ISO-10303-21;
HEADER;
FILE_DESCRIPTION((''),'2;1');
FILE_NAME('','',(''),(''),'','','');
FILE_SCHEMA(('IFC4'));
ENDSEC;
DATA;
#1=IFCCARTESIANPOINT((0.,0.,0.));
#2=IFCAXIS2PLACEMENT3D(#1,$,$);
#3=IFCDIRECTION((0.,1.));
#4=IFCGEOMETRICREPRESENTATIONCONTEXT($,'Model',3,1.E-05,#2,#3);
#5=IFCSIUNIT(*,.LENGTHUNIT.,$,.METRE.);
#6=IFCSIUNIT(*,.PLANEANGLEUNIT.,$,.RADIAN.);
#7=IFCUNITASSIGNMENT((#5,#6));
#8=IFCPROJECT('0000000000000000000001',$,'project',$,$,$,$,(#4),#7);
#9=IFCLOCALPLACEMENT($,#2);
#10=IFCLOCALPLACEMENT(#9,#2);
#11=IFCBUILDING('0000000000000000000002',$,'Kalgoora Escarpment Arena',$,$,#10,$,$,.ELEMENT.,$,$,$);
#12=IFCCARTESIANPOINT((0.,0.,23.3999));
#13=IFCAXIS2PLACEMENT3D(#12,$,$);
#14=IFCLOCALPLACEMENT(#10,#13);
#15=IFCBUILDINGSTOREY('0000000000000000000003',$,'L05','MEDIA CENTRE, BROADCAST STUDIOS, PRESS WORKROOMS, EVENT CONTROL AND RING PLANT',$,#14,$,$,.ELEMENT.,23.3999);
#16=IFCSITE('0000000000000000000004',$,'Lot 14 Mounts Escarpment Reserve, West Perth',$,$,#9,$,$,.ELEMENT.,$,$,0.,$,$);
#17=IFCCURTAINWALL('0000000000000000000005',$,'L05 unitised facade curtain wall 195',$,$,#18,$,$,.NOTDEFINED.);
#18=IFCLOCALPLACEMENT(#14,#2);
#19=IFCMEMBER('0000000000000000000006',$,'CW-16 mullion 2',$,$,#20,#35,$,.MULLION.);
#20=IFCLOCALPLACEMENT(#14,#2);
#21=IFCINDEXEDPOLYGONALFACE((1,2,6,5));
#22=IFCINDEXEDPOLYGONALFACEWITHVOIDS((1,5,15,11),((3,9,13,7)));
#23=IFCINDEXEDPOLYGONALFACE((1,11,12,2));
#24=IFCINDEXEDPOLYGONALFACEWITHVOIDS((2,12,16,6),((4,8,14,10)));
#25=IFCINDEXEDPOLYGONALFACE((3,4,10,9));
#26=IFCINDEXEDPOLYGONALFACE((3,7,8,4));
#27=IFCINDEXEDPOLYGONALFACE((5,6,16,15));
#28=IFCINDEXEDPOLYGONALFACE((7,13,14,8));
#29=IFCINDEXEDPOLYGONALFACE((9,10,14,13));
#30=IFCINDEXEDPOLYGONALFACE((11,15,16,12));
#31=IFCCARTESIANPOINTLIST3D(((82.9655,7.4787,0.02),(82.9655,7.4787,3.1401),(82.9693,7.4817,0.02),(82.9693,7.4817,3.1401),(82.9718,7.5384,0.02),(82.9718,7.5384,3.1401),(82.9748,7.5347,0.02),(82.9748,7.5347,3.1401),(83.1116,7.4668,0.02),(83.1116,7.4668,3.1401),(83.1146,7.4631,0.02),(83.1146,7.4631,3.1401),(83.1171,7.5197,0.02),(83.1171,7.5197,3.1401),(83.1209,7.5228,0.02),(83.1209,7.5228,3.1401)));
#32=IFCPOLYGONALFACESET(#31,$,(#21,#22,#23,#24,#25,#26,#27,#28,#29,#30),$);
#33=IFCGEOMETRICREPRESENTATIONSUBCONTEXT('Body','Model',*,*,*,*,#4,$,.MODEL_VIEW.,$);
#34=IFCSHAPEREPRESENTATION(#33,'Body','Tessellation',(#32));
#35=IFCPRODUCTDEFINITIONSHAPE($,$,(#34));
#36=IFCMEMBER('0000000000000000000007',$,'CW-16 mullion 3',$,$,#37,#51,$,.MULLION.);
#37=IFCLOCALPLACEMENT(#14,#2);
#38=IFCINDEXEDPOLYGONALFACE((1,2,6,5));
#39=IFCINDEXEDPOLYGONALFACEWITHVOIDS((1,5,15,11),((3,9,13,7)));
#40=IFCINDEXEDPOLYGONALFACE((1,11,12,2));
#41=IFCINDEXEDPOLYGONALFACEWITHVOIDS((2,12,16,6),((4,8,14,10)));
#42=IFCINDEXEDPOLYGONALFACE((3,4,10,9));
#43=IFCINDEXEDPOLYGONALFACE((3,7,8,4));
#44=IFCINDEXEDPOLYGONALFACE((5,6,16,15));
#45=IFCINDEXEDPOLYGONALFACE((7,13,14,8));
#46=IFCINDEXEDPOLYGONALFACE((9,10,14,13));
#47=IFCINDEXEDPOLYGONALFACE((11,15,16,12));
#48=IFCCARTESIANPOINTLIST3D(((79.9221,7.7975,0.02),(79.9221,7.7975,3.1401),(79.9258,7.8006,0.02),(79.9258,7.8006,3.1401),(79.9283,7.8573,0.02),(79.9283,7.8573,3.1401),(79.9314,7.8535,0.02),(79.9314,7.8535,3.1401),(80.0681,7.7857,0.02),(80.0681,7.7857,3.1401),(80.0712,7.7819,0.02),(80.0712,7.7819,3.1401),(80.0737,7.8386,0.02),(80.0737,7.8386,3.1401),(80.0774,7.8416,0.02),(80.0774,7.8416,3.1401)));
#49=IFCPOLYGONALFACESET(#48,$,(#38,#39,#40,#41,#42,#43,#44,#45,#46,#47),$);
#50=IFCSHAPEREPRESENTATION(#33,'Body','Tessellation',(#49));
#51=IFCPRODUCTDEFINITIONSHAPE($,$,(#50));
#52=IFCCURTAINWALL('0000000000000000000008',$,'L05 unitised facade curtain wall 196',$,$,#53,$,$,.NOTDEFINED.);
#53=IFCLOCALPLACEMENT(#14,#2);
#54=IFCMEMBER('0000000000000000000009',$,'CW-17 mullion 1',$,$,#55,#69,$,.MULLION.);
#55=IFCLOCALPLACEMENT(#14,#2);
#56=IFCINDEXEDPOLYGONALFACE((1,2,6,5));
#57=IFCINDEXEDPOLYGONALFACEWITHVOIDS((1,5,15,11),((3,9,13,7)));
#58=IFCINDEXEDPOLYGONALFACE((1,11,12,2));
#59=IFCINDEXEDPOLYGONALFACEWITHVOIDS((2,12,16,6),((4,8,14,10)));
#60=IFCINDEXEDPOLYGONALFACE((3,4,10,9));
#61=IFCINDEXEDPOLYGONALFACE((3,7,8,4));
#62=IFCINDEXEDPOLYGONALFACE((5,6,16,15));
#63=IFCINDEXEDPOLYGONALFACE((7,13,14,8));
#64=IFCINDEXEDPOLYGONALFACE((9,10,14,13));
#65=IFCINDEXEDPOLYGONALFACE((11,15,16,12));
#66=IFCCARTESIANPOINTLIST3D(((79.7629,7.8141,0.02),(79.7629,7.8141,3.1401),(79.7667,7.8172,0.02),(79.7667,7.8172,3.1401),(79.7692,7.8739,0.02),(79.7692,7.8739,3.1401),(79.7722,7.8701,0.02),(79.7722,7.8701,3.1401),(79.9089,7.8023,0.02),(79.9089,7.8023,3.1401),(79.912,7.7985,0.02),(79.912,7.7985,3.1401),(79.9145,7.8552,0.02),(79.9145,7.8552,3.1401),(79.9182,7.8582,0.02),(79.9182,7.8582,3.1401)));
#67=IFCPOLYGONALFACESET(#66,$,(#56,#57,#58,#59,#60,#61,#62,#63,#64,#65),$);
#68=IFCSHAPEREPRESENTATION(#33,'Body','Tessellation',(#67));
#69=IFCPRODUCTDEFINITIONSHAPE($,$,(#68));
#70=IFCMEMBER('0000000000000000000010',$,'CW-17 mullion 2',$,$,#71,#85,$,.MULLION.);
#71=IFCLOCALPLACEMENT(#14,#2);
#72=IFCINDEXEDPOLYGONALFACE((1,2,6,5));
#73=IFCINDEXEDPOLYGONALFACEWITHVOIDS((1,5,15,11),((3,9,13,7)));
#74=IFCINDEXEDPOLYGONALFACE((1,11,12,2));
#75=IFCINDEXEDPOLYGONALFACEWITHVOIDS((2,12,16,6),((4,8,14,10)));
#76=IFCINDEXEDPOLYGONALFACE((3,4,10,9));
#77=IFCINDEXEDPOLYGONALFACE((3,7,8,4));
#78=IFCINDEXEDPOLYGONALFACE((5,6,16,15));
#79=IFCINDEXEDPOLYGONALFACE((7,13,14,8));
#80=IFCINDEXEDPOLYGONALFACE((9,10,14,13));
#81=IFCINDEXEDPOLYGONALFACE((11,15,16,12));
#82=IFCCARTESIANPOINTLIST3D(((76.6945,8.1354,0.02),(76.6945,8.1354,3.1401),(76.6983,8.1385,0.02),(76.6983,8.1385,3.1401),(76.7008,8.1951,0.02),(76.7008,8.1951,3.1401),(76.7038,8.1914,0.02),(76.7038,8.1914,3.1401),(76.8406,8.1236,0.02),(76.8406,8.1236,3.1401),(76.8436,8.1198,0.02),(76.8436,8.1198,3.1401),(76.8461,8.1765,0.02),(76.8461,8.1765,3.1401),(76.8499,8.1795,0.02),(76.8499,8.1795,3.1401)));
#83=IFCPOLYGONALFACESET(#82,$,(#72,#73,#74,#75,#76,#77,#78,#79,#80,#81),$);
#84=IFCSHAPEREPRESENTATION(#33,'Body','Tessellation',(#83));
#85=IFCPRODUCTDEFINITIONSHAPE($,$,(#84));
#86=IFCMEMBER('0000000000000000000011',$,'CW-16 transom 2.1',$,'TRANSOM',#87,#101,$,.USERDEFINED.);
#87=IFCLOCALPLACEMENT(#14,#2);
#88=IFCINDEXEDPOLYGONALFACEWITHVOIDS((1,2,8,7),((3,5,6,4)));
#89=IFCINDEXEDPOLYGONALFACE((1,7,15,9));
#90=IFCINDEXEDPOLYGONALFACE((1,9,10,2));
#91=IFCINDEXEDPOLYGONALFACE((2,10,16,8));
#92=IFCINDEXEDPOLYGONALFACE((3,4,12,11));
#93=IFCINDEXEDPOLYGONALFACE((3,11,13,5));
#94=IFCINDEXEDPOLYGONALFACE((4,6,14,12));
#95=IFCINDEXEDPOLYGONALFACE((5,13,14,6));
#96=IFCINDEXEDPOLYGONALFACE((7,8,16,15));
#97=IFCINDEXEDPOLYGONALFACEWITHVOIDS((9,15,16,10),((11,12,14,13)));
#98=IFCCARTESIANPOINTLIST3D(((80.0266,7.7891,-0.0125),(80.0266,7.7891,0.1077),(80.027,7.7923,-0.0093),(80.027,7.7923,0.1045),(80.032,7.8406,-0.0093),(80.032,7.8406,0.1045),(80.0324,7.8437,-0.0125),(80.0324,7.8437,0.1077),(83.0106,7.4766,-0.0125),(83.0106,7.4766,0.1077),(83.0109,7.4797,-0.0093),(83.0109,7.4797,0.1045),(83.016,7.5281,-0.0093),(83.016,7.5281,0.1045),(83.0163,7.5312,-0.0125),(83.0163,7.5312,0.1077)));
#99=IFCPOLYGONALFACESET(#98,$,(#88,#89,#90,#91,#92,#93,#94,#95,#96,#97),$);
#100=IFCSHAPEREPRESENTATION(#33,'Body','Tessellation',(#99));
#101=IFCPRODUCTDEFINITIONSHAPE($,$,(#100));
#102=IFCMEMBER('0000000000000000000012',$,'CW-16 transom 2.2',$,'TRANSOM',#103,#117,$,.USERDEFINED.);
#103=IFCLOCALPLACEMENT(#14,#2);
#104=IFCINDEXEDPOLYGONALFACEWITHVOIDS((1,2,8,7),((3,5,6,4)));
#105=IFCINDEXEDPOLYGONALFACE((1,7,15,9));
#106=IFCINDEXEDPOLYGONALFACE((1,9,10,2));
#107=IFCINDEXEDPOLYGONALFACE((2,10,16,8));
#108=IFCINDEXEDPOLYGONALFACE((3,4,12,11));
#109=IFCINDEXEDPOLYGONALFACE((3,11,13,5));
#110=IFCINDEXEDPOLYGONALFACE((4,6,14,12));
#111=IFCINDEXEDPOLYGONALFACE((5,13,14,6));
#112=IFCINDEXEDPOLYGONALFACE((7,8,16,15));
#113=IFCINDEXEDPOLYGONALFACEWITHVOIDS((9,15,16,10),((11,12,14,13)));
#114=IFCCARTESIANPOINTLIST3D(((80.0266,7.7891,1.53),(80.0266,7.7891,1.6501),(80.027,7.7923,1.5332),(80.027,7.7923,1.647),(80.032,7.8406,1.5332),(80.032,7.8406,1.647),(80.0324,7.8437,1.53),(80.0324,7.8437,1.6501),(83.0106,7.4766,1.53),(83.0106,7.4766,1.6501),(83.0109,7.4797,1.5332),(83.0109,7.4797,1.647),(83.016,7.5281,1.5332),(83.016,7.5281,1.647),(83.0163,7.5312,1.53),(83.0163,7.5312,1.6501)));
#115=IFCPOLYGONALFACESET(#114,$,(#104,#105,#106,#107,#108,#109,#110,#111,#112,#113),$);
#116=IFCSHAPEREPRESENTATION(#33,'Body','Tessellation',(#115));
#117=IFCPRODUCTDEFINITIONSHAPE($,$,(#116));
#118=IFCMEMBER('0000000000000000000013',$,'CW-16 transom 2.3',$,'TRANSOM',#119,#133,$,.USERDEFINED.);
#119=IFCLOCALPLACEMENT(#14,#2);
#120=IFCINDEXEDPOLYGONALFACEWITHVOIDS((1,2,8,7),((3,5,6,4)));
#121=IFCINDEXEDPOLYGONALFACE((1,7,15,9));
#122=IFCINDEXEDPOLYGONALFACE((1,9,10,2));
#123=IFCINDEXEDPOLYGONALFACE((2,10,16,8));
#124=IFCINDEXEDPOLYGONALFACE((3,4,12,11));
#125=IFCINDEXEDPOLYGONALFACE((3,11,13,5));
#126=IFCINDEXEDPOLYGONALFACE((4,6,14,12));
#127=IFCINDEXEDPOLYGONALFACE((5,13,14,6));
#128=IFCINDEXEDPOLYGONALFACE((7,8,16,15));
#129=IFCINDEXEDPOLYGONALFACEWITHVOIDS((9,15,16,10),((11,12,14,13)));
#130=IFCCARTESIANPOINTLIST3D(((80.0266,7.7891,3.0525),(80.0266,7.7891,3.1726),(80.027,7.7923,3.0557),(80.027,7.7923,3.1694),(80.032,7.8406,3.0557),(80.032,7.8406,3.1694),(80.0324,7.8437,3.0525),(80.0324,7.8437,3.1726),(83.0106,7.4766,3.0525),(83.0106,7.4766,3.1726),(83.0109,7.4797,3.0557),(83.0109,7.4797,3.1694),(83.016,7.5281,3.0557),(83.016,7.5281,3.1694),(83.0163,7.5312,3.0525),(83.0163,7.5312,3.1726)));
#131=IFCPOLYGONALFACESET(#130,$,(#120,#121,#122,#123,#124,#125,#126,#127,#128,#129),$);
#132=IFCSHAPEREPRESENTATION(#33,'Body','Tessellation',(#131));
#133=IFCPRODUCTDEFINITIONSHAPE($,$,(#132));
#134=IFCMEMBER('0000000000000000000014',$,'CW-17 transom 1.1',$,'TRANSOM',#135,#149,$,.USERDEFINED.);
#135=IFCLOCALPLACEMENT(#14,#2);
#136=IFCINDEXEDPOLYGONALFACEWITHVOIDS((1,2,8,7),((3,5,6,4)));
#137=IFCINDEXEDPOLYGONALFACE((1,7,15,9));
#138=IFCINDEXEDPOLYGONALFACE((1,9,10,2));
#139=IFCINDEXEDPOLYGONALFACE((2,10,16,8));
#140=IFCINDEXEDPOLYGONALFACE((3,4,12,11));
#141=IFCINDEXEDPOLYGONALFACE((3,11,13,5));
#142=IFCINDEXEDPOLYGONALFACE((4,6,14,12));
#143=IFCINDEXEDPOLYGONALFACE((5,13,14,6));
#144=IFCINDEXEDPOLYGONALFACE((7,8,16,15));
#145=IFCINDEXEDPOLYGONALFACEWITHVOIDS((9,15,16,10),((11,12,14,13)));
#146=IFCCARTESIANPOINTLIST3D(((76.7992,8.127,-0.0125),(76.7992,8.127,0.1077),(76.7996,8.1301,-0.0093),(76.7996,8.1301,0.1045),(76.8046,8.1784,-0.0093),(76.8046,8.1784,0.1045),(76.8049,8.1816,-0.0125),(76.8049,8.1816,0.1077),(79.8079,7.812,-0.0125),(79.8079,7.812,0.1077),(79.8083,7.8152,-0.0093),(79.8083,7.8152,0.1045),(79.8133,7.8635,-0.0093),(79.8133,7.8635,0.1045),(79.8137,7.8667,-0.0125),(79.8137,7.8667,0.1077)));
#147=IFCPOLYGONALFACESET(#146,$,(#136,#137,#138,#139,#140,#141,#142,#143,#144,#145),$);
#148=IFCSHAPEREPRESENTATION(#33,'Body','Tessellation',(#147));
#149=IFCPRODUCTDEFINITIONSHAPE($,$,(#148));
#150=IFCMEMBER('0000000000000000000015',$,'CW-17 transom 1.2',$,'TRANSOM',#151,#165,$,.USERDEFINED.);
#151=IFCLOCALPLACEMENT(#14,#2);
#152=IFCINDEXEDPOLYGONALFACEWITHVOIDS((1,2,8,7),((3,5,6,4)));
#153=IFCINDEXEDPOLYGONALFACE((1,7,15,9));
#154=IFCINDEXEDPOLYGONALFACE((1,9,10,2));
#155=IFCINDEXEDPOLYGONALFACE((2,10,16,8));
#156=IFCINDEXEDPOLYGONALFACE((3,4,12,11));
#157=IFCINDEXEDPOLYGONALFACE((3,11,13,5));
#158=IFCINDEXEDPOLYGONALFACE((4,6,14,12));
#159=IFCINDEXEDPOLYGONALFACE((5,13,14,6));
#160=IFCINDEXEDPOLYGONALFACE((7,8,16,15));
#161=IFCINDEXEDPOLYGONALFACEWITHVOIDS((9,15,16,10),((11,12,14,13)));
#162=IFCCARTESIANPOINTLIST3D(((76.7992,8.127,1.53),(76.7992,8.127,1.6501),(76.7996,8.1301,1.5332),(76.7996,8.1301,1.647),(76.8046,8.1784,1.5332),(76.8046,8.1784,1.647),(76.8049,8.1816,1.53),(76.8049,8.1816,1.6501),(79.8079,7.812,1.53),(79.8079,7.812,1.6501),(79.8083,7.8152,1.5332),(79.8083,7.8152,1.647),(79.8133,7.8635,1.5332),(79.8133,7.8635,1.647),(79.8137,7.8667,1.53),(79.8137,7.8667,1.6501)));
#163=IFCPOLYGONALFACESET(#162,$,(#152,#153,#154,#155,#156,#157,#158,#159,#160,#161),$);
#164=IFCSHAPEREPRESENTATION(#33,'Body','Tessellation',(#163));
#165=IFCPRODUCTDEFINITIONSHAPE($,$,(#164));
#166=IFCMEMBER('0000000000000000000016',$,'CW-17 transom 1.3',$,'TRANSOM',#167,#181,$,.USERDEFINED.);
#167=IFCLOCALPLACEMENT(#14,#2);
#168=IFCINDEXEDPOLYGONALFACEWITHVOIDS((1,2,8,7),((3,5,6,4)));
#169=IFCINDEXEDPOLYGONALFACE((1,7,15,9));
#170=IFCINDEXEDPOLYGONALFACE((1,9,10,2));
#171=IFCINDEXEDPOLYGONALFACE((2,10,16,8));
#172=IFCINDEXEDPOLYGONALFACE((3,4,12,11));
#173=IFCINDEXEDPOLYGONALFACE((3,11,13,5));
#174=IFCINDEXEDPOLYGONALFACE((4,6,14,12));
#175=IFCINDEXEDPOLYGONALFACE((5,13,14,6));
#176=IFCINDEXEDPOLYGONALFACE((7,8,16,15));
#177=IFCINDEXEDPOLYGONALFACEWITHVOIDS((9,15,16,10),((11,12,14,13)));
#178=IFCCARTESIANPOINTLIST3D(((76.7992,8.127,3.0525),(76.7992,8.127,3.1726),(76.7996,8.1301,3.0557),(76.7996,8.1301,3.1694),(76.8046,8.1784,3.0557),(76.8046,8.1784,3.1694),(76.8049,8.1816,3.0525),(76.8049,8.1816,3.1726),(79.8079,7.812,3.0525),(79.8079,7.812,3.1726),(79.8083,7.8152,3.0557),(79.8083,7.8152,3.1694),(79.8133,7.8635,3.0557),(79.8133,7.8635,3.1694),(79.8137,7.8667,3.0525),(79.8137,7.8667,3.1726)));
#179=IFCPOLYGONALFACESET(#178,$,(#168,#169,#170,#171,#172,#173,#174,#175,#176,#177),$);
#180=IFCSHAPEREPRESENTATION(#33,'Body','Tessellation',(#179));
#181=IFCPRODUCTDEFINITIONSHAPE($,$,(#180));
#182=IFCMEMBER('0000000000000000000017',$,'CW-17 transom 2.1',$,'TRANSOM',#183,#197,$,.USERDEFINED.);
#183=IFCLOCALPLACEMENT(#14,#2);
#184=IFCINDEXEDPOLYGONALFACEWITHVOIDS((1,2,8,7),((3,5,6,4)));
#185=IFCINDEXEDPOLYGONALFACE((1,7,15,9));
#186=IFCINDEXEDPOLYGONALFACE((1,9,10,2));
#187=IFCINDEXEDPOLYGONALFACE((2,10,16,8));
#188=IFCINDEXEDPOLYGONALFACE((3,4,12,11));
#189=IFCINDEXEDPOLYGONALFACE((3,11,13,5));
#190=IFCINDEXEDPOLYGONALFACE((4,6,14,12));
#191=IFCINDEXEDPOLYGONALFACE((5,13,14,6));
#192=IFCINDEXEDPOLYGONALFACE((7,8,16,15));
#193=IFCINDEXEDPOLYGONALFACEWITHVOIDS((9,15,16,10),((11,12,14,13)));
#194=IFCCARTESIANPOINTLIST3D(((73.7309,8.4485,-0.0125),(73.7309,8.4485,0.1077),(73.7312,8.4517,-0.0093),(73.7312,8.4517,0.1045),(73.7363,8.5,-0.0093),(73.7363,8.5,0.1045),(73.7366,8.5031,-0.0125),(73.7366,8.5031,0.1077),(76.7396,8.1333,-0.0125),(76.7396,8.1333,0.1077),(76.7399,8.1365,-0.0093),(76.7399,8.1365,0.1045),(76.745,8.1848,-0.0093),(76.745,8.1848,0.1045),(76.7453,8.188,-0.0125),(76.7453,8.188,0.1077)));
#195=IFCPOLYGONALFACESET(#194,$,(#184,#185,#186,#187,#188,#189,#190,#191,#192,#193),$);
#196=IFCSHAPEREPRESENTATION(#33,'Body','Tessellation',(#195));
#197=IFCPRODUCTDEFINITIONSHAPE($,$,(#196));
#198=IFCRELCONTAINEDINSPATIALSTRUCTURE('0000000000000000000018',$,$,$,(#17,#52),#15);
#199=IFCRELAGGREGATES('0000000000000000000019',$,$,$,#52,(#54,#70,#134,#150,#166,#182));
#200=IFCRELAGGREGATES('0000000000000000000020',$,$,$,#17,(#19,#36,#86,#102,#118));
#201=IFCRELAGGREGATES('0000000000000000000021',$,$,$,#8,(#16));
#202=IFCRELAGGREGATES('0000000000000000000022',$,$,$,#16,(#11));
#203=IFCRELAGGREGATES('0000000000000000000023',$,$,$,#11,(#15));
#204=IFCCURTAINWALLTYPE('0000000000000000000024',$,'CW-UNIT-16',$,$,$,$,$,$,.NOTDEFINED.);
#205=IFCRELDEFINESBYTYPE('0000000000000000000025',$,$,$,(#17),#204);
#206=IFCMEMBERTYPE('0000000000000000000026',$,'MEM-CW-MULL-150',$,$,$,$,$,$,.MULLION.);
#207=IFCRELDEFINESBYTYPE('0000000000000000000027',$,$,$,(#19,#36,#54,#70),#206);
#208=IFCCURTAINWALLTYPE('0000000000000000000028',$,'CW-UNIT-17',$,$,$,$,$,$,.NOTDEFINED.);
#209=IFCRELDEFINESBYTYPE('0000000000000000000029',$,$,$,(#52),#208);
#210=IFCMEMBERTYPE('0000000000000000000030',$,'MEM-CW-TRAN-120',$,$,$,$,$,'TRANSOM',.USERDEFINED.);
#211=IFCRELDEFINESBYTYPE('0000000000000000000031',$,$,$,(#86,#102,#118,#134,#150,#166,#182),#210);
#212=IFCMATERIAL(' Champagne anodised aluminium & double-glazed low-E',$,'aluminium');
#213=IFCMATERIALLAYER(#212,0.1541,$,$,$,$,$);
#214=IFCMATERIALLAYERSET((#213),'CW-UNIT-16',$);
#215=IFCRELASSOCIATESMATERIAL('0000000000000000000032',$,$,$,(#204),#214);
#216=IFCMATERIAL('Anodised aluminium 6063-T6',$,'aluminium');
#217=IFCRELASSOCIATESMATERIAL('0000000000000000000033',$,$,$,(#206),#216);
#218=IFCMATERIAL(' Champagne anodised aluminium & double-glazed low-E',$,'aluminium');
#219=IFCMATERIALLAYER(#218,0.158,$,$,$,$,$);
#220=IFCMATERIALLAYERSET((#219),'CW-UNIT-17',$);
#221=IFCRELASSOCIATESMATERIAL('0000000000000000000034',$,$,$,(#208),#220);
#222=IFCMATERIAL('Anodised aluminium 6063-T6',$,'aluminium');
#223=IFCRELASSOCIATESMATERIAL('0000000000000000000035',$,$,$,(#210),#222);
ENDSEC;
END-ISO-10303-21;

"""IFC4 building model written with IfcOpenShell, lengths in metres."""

from ifc_helpers import new_model, si_unit, direction, frame, origin, origin_2d, place, context, subcontext, project, spatial, hollow_rectangle, extrude, material, layer, layer_set, material_profile, profile_set, type_object, element, aggregate, save


model = new_model("IFC4")

# Units and contexts
model_context = context("Model", 3, precision=1e-05, world=origin(), true_north=direction((0.0, 1.0)))
body_context = subcontext(model_context, "Body", "Model", "MODEL_VIEW")
ifc_project = project(units=[si_unit("LENGTHUNIT", "METRE"), si_unit("PLANEANGLEUNIT", "RADIAN")], contexts=[model_context])

# Site, building, storey
site_placement = place(None, origin())
site = spatial("IfcSite", under=ifc_project, at=site_placement, Name="Lot 14 Mounts Escarpment Reserve, West Perth", CompositionType="ELEMENT", RefElevation=0.0)
building_placement = place(site_placement, origin())
building = spatial("IfcBuilding", under=site, at=building_placement, Name="Kalgoora Escarpment Arena", CompositionType="ELEMENT")
storey_placement = place(building_placement, frame((0.0, 0.0, 23.3999)))
storey = spatial("IfcBuildingStorey", under=building, at=storey_placement, Name="L05", Description="MEDIA CENTRE, BROADCAST STUDIOS, PRESS WORKROOMS, EVENT CONTROL AND RING PLANT", CompositionType="ELEMENT", Elevation=23.3999)

# Curtain walls, members
ifc_material_1 = material(Name=" Champagne anodised aluminium & double-glazed low-E", Category="aluminium")
ifc_layer_1 = layer(ifc_material_1, 0.1541)
ifc_layer_set_1 = layer_set([ifc_layer_1], Name="CW-UNIT-16")
curtain_wall_type_1 = type_object("IfcCurtainWallType", Name="CW-UNIT-16", PredefinedType="NOTDEFINED", material=ifc_layer_set_1)
curtain_wall_1_placement = place(storey_placement, origin())
curtain_wall_1 = element("IfcCurtainWall", 1, at=curtain_wall_1_placement, inside=storey, type_object=curtain_wall_type_1, Name="L05 unitised facade curtain wall 195", PredefinedType="NOTDEFINED")
ifc_material_2 = material(Name="Anodised aluminium 6063-T6", Category="aluminium")
ifc_material_profile_1 = material_profile(ifc_material_2, hollow_rectangle(XDim=0.0601, YDim=0.1499, WallThickness=0.0034, at=origin_2d()))
ifc_profile_set_1 = profile_set([ifc_material_profile_1], Name="Anodised aluminium 6063-T6")
member_type_1 = type_object("IfcMemberType", Name="MEM-CW-MULL-150", PredefinedType="MULLION", material=ifc_profile_set_1)
member_1_placement = place(storey_placement, frame((83.0432, 7.5007, 0.02), z_axis=(0.0, 0.0, 1.0), x_axis=(-0.104169, -0.99456, 0.0)))
member_1 = element("IfcMember", 2, at=member_1_placement, type_object=member_type_1, Name="CW-16 mullion 2", PredefinedType="MULLION", context=body_context, shape_type="SweptSolid", body=[
    extrude(hollow_rectangle(XDim=0.0601, YDim=0.1499, WallThickness=0.0034, at=origin_2d()), origin(), (0.0, 0.0, 1.0), 3.1201),
])
member_2_placement = place(storey_placement, frame((79.9998, 7.8196, 0.02), z_axis=(0.0, 0.0, 1.0), x_axis=(-0.104169, -0.99456, 0.0)))
member_2 = element("IfcMember", 3, at=member_2_placement, type_object=member_type_1, Name="CW-16 mullion 3", PredefinedType="MULLION", context=body_context, shape_type="SweptSolid", body=[
    extrude(hollow_rectangle(XDim=0.0601, YDim=0.1499, WallThickness=0.0034, at=origin_2d()), origin(), (0.0, 0.0, 1.0), 3.1201),
])
ifc_material_3 = material(Name=" Champagne anodised aluminium & double-glazed low-E", Category="aluminium")
ifc_layer_2 = layer(ifc_material_3, 0.158)
ifc_layer_set_2 = layer_set([ifc_layer_2], Name="CW-UNIT-17")
curtain_wall_type_2 = type_object("IfcCurtainWallType", Name="CW-UNIT-17", PredefinedType="NOTDEFINED", material=ifc_layer_set_2)
curtain_wall_2_placement = place(storey_placement, origin())
curtain_wall_2 = element("IfcCurtainWall", 4, at=curtain_wall_2_placement, inside=storey, type_object=curtain_wall_type_2, Name="L05 unitised facade curtain wall 196", PredefinedType="NOTDEFINED")
member_3_placement = place(storey_placement, frame((79.8406, 7.8362, 0.02), z_axis=(0.0, 0.0, 1.0), x_axis=(-0.104168, -0.99456, 0.0)))
member_3 = element("IfcMember", 5, at=member_3_placement, type_object=member_type_1, Name="CW-17 mullion 1", PredefinedType="MULLION", context=body_context, shape_type="SweptSolid", body=[
    extrude(hollow_rectangle(XDim=0.0601, YDim=0.1499, WallThickness=0.0034, at=origin_2d()), origin(), (0.0, 0.0, 1.0), 3.1201),
])
member_4_placement = place(storey_placement, frame((76.7722, 8.1575, 0.02), z_axis=(0.0, 0.0, 1.0), x_axis=(-0.104168, -0.99456, 0.0)))
member_4 = element("IfcMember", 6, at=member_4_placement, type_object=member_type_1, Name="CW-17 mullion 2", PredefinedType="MULLION", context=body_context, shape_type="SweptSolid", body=[
    extrude(hollow_rectangle(XDim=0.0601, YDim=0.1499, WallThickness=0.0034, at=origin_2d()), origin(), (0.0, 0.0, 1.0), 3.1201),
])

# Members
ifc_material_4 = material(Name="Anodised aluminium 6063-T6", Category="aluminium")
ifc_material_profile_2 = material_profile(ifc_material_4, hollow_rectangle(XDim=0.0549, YDim=0.1201, WallThickness=0.0032, at=origin_2d()))
ifc_profile_set_2 = profile_set([ifc_material_profile_2], Name="Anodised aluminium 6063-T6")
member_type_2 = type_object("IfcMemberType", Name="MEM-CW-TRAN-120", ElementType="TRANSOM", PredefinedType="USERDEFINED", material=ifc_profile_set_2)
member_5_placement = place(storey_placement, frame((83.0134, 7.5039, 0.0476), z_axis=(-0.994561, 0.10416, 0.0), x_axis=(-0.10416, -0.994561, 0.0)))
member_5 = element("IfcMember", 7, at=member_5_placement, type_object=member_type_2, Name="CW-16 transom 2.1", ObjectType="TRANSOM", PredefinedType="USERDEFINED", context=body_context, shape_type="SweptSolid", body=[
    extrude(hollow_rectangle(XDim=0.0549, YDim=0.1201, WallThickness=0.0032, at=origin_2d()), origin(), (0.0, 0.0, 1.0), 3.0002),
])
member_6_placement = place(storey_placement, frame((83.0134, 7.5039, 1.5901), z_axis=(-0.994561, 0.10416, 0.0), x_axis=(-0.10416, -0.994561, 0.0)))
member_6 = element("IfcMember", 8, at=member_6_placement, type_object=member_type_2, Name="CW-16 transom 2.2", ObjectType="TRANSOM", PredefinedType="USERDEFINED", context=body_context, shape_type="SweptSolid", body=[
    extrude(hollow_rectangle(XDim=0.0549, YDim=0.1201, WallThickness=0.0032, at=origin_2d()), origin(), (0.0, 0.0, 1.0), 3.0002),
])
member_7_placement = place(storey_placement, frame((83.0134, 7.5039, 3.1125), z_axis=(-0.994561, 0.10416, 0.0), x_axis=(-0.10416, -0.994561, 0.0)))
member_7 = element("IfcMember", 9, at=member_7_placement, type_object=member_type_2, Name="CW-16 transom 2.3", ObjectType="TRANSOM", PredefinedType="USERDEFINED", context=body_context, shape_type="SweptSolid", body=[
    extrude(hollow_rectangle(XDim=0.0549, YDim=0.1201, WallThickness=0.0032, at=origin_2d()), origin(), (0.0, 0.0, 1.0), 3.0002),
])
member_8_placement = place(storey_placement, frame((79.8108, 7.8394, 0.0476), z_axis=(-0.994566, 0.104105, 0.0), x_axis=(-0.104105, -0.994566, 0.0)))
member_8 = element("IfcMember", 10, at=member_8_placement, type_object=member_type_2, Name="CW-17 transom 1.1", ObjectType="TRANSOM", PredefinedType="USERDEFINED", context=body_context, shape_type="SweptSolid", body=[
    extrude(hollow_rectangle(XDim=0.0549, YDim=0.1201, WallThickness=0.0032, at=origin_2d()), origin(), (0.0, 0.0, 1.0), 3.0251),
])
member_9_placement = place(storey_placement, frame((79.8108, 7.8394, 1.5901), z_axis=(-0.994566, 0.104105, 0.0), x_axis=(-0.104105, -0.994566, 0.0)))
member_9 = element("IfcMember", 11, at=member_9_placement, type_object=member_type_2, Name="CW-17 transom 1.2", ObjectType="TRANSOM", PredefinedType="USERDEFINED", context=body_context, shape_type="SweptSolid", body=[
    extrude(hollow_rectangle(XDim=0.0549, YDim=0.1201, WallThickness=0.0032, at=origin_2d()), origin(), (0.0, 0.0, 1.0), 3.0251),
])
member_10_placement = place(storey_placement, frame((79.8108, 7.8394, 3.1125), z_axis=(-0.994566, 0.104105, 0.0), x_axis=(-0.104105, -0.994566, 0.0)))
member_10 = element("IfcMember", 12, at=member_10_placement, type_object=member_type_2, Name="CW-17 transom 1.3", ObjectType="TRANSOM", PredefinedType="USERDEFINED", context=body_context, shape_type="SweptSolid", body=[
    extrude(hollow_rectangle(XDim=0.0549, YDim=0.1201, WallThickness=0.0032, at=origin_2d()), origin(), (0.0, 0.0, 1.0), 3.0251),
])
member_11_placement = place(storey_placement, frame((76.7424, 8.1606, 0.0476), z_axis=(-0.994558, 0.104185, 0.0), x_axis=(-0.104185, -0.994558, 0.0)))
member_11 = element("IfcMember", 13, at=member_11_placement, type_object=member_type_2, Name="CW-17 transom 2.1", ObjectType="TRANSOM", PredefinedType="USERDEFINED", context=body_context, shape_type="SweptSolid", body=[
    extrude(hollow_rectangle(XDim=0.0549, YDim=0.1201, WallThickness=0.0032, at=origin_2d()), origin(), (0.0, 0.0, 1.0), 3.0251),
])

aggregate(curtain_wall_2, [member_3, member_4, member_8, member_9, member_10, member_11])
aggregate(curtain_wall_1, [member_1, member_2, member_5, member_6, member_7])

save(model, "model.ifc")
